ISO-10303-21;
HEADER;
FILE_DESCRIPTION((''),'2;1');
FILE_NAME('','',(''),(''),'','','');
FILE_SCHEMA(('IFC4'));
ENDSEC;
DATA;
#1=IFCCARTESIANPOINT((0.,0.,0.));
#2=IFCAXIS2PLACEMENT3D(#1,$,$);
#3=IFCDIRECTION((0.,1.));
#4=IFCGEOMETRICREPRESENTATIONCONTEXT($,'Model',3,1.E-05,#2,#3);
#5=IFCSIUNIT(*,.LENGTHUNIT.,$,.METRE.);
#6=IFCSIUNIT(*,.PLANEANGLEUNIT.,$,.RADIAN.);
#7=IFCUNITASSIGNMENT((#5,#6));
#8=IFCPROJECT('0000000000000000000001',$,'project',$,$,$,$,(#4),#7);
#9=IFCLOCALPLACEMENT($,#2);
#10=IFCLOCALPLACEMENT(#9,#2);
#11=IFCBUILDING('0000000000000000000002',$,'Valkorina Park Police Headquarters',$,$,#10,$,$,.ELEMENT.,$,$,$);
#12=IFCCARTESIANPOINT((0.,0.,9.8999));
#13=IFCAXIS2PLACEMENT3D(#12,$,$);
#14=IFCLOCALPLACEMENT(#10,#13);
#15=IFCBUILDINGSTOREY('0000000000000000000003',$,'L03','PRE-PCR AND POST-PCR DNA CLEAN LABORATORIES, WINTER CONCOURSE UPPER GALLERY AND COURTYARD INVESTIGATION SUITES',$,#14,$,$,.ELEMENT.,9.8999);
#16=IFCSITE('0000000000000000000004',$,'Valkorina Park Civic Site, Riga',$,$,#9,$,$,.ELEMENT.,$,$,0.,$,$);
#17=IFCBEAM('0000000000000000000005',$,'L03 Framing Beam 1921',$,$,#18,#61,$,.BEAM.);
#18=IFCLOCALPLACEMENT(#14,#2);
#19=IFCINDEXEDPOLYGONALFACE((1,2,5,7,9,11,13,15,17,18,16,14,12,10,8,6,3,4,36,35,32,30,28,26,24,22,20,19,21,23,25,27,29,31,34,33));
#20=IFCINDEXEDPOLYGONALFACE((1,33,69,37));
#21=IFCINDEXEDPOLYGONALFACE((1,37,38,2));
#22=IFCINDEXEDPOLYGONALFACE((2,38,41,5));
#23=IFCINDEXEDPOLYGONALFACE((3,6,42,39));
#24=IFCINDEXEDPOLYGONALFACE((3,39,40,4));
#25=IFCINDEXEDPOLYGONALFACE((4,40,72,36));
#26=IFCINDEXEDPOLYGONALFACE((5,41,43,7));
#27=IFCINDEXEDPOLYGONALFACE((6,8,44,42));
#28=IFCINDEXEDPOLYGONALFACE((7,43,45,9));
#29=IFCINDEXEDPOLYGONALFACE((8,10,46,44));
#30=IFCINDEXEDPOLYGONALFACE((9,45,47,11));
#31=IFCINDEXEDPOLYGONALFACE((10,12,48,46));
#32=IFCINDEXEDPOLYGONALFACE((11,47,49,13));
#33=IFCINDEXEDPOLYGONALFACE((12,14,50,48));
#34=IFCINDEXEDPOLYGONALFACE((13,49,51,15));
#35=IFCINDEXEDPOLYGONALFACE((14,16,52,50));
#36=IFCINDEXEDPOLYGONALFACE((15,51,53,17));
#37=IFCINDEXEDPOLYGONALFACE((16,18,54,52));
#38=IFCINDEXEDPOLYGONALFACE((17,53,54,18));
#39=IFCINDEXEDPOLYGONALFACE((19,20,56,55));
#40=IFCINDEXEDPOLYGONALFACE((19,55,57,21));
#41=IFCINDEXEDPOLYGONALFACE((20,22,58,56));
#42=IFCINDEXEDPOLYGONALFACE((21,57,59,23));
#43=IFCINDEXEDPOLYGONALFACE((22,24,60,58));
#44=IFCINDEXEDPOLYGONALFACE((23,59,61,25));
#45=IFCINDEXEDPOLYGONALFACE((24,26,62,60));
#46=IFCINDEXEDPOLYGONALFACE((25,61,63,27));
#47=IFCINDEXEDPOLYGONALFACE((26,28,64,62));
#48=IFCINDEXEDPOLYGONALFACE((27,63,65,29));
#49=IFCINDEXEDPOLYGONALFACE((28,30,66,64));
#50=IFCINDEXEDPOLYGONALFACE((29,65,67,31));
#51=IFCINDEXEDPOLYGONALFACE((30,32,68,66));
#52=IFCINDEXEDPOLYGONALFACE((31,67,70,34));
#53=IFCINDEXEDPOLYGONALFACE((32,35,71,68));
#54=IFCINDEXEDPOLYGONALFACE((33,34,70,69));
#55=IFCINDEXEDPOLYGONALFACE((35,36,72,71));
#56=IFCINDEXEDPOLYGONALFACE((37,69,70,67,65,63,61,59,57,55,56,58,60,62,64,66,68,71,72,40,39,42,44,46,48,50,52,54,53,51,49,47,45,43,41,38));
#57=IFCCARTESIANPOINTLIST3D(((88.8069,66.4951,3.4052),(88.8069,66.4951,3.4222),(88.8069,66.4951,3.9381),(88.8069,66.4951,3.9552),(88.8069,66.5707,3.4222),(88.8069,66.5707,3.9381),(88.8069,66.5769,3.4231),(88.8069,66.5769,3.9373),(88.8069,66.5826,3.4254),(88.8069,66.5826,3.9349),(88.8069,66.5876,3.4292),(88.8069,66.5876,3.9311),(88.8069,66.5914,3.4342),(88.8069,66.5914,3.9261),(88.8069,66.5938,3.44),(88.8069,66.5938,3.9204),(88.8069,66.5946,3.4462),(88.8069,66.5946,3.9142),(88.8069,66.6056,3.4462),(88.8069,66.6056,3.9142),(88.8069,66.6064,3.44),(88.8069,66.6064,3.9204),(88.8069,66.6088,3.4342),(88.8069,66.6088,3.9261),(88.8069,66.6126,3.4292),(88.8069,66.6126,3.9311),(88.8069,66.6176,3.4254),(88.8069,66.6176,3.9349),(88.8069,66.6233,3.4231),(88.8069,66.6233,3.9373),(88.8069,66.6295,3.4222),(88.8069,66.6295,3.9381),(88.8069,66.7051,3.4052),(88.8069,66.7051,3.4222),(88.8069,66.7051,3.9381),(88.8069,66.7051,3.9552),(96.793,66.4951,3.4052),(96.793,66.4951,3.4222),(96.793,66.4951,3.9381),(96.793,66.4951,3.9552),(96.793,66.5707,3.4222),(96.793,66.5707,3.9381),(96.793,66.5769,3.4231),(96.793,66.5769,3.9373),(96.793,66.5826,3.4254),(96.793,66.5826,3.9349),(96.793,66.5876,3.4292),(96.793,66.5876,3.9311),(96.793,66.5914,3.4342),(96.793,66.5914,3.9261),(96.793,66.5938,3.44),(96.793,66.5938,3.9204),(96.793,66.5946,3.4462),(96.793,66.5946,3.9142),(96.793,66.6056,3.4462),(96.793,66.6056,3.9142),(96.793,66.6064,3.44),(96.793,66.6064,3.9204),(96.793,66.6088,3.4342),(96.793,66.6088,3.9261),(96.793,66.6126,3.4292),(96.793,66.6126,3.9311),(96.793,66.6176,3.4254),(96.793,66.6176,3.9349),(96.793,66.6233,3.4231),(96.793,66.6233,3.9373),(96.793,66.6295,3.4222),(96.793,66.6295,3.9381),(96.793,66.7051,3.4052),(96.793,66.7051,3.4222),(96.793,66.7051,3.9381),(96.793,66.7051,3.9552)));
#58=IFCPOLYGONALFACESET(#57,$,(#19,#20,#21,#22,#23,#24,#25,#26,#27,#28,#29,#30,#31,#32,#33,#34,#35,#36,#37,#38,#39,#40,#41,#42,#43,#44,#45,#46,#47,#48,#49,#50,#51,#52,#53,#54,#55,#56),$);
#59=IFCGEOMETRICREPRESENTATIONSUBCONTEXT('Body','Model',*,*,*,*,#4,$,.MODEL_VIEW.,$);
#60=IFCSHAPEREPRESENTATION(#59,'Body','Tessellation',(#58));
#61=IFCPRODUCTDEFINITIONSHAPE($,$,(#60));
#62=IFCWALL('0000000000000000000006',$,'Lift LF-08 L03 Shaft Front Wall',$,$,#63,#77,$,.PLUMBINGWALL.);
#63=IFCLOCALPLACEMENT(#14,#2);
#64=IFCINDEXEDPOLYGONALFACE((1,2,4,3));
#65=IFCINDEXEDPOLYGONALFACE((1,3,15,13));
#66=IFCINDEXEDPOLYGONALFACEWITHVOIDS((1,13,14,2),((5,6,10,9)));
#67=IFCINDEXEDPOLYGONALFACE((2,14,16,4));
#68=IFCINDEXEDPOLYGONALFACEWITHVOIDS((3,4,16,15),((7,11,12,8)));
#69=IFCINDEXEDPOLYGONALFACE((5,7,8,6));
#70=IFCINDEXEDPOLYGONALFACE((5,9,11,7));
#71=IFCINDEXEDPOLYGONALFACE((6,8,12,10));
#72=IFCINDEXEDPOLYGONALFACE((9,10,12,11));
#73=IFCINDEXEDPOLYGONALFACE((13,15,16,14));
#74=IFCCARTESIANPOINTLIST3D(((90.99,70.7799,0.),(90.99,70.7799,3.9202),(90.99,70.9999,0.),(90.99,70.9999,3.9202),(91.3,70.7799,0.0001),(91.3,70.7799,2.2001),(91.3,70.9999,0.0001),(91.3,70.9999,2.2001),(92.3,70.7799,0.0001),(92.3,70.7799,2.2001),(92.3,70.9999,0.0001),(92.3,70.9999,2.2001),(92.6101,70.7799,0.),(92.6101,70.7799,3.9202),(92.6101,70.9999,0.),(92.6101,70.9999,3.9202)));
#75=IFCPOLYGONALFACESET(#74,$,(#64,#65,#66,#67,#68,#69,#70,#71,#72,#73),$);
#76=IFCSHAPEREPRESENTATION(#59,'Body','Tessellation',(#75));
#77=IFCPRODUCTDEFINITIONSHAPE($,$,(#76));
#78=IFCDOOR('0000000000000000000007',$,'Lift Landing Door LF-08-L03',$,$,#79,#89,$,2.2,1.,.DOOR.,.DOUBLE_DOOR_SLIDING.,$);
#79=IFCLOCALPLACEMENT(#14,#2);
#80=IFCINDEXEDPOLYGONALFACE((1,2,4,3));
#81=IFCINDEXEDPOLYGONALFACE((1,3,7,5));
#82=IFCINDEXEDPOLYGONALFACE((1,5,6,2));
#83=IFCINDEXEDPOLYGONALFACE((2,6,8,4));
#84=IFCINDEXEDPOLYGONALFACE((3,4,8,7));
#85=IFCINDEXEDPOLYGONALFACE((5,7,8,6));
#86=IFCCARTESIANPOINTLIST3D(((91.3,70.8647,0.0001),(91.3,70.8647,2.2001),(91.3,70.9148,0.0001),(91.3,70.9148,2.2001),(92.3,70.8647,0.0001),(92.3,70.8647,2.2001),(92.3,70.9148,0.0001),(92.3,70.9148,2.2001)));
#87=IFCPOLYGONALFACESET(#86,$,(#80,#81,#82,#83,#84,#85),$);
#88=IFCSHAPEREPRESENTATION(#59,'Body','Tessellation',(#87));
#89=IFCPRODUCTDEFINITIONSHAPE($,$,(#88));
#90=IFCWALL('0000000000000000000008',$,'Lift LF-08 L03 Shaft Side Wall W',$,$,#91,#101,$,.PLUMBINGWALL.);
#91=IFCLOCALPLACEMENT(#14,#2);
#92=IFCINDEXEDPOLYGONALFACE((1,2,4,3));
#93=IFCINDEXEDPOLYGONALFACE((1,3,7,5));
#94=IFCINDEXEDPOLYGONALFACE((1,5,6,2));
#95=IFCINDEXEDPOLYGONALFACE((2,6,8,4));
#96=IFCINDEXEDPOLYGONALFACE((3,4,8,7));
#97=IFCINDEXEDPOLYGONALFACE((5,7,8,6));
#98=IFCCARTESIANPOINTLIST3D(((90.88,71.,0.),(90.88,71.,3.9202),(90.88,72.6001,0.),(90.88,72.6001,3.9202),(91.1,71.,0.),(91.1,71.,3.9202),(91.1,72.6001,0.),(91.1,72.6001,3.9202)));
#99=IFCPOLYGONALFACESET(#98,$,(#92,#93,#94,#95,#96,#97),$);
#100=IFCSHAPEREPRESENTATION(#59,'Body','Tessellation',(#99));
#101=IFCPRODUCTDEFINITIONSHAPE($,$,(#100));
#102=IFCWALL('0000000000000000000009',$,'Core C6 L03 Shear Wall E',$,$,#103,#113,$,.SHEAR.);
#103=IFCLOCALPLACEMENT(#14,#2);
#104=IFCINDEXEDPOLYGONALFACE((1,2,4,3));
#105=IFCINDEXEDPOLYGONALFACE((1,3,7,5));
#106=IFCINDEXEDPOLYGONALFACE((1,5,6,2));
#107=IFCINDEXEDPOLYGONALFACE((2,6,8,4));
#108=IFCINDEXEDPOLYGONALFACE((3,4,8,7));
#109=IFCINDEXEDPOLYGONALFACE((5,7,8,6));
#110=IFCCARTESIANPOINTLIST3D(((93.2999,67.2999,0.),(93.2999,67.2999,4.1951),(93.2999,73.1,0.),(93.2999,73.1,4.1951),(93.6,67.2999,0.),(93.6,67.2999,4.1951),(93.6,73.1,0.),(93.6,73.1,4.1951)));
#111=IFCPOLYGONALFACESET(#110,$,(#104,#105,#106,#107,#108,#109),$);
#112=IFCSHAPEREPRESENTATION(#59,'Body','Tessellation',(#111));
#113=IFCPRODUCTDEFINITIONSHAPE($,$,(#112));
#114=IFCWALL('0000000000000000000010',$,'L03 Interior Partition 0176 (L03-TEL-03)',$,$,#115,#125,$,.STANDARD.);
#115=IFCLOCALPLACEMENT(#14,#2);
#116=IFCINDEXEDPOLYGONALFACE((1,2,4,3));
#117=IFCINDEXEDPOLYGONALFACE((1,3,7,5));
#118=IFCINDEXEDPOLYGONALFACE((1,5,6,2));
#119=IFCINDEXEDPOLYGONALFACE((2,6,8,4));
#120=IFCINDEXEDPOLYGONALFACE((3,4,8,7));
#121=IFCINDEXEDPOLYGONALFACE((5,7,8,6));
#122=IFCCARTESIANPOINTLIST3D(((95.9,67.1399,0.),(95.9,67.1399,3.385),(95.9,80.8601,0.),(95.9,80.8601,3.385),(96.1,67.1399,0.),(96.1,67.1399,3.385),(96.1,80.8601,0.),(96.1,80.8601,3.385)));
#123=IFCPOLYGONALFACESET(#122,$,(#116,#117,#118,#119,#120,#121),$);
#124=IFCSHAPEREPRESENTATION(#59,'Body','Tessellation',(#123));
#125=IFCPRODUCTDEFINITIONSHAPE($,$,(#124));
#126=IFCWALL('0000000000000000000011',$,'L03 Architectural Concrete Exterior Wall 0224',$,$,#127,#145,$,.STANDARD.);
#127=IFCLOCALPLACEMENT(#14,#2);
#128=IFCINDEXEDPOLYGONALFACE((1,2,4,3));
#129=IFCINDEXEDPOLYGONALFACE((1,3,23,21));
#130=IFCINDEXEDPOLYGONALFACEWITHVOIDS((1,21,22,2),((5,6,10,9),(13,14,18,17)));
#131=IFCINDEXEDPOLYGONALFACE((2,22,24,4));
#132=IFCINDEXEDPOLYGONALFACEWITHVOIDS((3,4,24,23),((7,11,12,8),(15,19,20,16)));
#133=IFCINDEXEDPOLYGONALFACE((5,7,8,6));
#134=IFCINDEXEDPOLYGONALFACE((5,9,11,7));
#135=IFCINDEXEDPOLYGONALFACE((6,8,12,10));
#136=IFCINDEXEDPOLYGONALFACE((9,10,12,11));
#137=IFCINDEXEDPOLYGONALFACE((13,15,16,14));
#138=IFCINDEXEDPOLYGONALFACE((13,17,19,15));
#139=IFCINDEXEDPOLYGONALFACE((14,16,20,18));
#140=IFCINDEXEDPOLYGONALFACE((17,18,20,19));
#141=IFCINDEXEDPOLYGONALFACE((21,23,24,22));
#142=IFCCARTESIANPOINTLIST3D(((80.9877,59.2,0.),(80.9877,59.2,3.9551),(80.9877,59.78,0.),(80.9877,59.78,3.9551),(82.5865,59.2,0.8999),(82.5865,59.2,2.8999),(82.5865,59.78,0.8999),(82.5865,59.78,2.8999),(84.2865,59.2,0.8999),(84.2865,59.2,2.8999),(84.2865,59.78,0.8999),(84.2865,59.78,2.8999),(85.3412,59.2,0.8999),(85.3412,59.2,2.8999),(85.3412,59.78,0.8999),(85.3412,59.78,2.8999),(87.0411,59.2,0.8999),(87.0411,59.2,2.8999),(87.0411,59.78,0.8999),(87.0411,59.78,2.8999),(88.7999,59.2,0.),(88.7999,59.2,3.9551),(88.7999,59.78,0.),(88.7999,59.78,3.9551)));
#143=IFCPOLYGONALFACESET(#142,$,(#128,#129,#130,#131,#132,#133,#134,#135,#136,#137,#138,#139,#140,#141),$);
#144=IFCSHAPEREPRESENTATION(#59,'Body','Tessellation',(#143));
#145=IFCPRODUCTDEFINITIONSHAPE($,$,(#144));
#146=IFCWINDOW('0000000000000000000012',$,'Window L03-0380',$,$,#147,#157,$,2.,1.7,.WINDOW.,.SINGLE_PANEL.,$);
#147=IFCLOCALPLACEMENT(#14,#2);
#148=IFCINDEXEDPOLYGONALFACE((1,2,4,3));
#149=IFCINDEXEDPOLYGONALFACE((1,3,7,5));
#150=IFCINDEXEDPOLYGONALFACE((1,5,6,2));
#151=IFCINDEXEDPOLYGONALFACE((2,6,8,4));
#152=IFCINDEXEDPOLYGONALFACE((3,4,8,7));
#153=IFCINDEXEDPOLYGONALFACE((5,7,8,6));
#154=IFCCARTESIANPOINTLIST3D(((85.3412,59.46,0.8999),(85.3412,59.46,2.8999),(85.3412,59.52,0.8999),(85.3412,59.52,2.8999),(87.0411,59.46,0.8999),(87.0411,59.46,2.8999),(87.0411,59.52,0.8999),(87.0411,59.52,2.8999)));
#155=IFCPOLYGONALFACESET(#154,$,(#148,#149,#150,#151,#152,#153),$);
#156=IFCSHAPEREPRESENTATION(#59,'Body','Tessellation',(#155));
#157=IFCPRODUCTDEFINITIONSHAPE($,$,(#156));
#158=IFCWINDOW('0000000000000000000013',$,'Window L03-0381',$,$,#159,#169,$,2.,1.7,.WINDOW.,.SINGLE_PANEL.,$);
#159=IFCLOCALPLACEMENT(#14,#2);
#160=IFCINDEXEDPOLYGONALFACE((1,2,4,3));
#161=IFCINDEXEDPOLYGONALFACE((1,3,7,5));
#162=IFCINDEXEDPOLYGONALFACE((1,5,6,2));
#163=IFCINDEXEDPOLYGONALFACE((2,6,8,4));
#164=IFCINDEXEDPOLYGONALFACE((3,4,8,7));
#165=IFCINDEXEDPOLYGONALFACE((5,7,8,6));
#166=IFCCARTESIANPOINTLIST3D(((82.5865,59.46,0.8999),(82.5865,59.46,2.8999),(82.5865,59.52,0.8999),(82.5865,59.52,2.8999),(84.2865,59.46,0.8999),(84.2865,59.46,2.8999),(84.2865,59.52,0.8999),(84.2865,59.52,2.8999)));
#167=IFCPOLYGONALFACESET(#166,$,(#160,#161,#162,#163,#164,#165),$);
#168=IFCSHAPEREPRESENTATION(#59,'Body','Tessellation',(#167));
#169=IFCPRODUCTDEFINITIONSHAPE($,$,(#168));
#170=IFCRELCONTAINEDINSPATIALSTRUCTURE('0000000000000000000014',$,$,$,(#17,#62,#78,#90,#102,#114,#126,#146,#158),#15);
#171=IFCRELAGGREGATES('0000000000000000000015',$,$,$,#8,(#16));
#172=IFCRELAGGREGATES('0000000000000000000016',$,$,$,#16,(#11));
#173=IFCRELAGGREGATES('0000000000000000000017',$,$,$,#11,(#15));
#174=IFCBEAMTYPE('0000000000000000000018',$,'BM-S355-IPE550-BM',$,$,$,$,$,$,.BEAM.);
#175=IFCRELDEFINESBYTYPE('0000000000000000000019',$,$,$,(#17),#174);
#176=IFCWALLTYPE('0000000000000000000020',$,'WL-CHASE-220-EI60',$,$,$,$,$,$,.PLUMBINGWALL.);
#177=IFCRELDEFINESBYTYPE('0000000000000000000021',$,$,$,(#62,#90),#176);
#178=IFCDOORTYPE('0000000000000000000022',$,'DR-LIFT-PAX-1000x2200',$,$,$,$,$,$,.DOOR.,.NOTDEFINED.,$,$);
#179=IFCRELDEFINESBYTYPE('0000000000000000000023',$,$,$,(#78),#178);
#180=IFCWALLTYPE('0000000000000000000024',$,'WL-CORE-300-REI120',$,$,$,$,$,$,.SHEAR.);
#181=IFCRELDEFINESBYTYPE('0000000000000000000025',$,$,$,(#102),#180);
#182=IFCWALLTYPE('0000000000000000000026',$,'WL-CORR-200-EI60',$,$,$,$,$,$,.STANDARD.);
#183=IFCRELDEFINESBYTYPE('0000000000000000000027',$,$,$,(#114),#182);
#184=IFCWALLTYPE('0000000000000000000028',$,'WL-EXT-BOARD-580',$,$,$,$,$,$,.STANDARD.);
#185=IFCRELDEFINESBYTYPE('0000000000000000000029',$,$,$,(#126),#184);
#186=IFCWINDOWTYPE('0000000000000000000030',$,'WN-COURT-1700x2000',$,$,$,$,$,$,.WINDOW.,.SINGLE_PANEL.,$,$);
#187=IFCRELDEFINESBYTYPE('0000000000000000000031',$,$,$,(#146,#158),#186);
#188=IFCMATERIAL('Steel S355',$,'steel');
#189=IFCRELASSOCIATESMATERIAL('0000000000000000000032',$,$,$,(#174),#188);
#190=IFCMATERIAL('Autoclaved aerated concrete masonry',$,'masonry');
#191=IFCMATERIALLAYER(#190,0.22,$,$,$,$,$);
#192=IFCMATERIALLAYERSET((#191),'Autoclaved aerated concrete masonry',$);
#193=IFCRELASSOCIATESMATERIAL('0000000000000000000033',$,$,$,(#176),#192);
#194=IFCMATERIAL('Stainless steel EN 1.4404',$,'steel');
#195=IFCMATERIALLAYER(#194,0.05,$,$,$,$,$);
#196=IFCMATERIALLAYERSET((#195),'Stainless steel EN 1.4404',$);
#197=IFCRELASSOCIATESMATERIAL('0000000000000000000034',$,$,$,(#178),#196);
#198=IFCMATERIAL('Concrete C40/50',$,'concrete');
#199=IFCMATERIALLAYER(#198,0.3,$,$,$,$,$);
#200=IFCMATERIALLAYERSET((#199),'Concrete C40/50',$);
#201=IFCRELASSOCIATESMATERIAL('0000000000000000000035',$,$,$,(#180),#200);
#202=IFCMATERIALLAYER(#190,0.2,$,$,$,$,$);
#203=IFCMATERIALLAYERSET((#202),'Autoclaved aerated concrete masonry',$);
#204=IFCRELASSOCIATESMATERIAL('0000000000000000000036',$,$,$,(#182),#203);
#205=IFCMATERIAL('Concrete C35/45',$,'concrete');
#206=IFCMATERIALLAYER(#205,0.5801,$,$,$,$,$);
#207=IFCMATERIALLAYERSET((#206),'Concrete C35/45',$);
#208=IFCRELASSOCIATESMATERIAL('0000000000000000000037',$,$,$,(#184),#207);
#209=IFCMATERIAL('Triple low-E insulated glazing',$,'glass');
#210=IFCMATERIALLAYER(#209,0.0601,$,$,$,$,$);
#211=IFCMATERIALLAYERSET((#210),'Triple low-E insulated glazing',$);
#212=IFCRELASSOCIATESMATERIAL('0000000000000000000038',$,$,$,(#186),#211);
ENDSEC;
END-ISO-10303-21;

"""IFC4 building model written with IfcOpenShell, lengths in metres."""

from ifc_helpers import new_model, si_unit, direction, frame, frame_2d, origin, origin_2d, place, context, subcontext, project, spatial, rectangle, i_section, extrude, material, layer, layer_set, material_profile, profile_set, type_object, element, fill, save


model = new_model("IFC4")

# Units and contexts
model_context = context("Model", 3, precision=1e-05, world=origin(), true_north=direction((0.0, 1.0)))
body_context = subcontext(model_context, "Body", "Model", "MODEL_VIEW")
ifc_project = project(units=[si_unit("LENGTHUNIT", "METRE"), si_unit("PLANEANGLEUNIT", "RADIAN")], contexts=[model_context])

# Site, building, storey
site_placement = place(None, origin())
site = spatial("IfcSite", under=ifc_project, at=site_placement, Name="Valkorina Park Civic Site, Riga", CompositionType="ELEMENT", RefElevation=0.0)
building_placement = place(site_placement, origin())
building = spatial("IfcBuilding", under=site, at=building_placement, Name="Valkorina Park Police Headquarters", CompositionType="ELEMENT")
storey_placement = place(building_placement, frame((0.0, 0.0, 9.8999)))
storey = spatial("IfcBuildingStorey", under=building, at=storey_placement, Name="L03", Description="PRE-PCR AND POST-PCR DNA CLEAN LABORATORIES, WINTER CONCOURSE UPPER GALLERY AND COURTYARD INVESTIGATION SUITES", CompositionType="ELEMENT", Elevation=9.8999)

# Shared definitions
ifc_material_1 = material(Name="Steel S355", Category="steel")

# Beam
ifc_material_profile_1 = material_profile(ifc_material_1, i_section(OverallWidth=0.21, OverallDepth=0.55, WebThickness=0.011, FlangeThickness=0.0171, FilletRadius=0.0239, at=origin_2d()), Name="IPE 550")
ifc_profile_set_1 = profile_set([ifc_material_profile_1], Name="Steel S355")
beam_type_1 = type_object("IfcBeamType", Name="BM-S355-IPE550-BM", PredefinedType="BEAM", material=ifc_profile_set_1)
for number, where, z_axis, x_axis, name in (
    (1, (88.8069, 66.6001, 3.6802), (1.0, 0.0, 0.0), (0.0, 1.0, 0.0), "L03 Framing Beam 1921"),
):
    element("IfcBeam", number, at=place(storey_placement, frame(where, z_axis=z_axis, x_axis=x_axis)), inside=storey, type_object=beam_type_1, Name=name, PredefinedType="BEAM", context=body_context, shape_type="SweptSolid", body=[
        extrude(i_section(OverallWidth=0.21, OverallDepth=0.55, WebThickness=0.011, FlangeThickness=0.0171, FilletRadius=0.0239, at=origin_2d()), origin(), (0.0, 0.0, 1.0), 7.9861),
    ])

# Wall, opening, door
ifc_material_2 = material(Name="Autoclaved aerated concrete masonry", Category="masonry")
ifc_layer_1 = layer(ifc_material_2, 0.22)
ifc_layer_set_1 = layer_set([ifc_layer_1], Name="Autoclaved aerated concrete masonry")
wall_type_1 = type_object("IfcWallType", Name="WL-CHASE-220-EI60", PredefinedType="PLUMBINGWALL", material=ifc_layer_set_1)
wall_1_placement = place(storey_placement, frame((90.99, 70.8899, 0.0), z_axis=(0.0, 0.0, 1.0), x_axis=(1.0, 0.0, 0.0)))
wall_1 = element("IfcWall", 2, at=wall_1_placement, inside=storey, type_object=wall_type_1, Name="Lift LF-08 L03 Shaft Front Wall", PredefinedType="PLUMBINGWALL", context=body_context, shape_type="SweptSolid", body=[
    extrude(rectangle(XDim=1.6201, YDim=0.22, at=frame_2d((0.8101, 0.0))), origin(), (0.0, 0.0, 1.0), 3.9202),
])
opening_1_placement = place(wall_1_placement, frame((0.3101, 0.0, 0.0)))
opening_1 = element("IfcOpeningElement", 3, at=opening_1_placement, cuts=wall_1, PredefinedType="OPENING", context=body_context, shape_type="SweptSolid", body=[
    extrude(rectangle(XDim=1.0, YDim=2.2, at=frame_2d((0.5, 1.1001))), frame((0.0, 0.1201, 0.0), z_axis=(0.0, -1.0, 0.0), x_axis=(1.0, 0.0, 0.0)), (0.0, 0.0, 1.0), 0.24),
])
ifc_material_3 = material(Name="Stainless steel EN 1.4404", Category="steel")
ifc_layer_2 = layer(ifc_material_3, 0.05)
ifc_layer_set_2 = layer_set([ifc_layer_2], Name="Stainless steel EN 1.4404")
door_type_1 = type_object("IfcDoorType", Name="DR-LIFT-PAX-1000x2200", OperationType="NOTDEFINED", PredefinedType="DOOR", material=ifc_layer_set_2)
door_1_placement = place(opening_1_placement, origin())
door_1 = element("IfcDoor", 4, at=door_1_placement, inside=storey, type_object=door_type_1, Name="Lift Landing Door LF-08-L03", OperationType="DOUBLE_DOOR_SLIDING", OverallHeight=2.2, OverallWidth=1.0, PredefinedType="DOOR", context=body_context, shape_type="SweptSolid", body=[
    extrude(rectangle(XDim=1.0, YDim=2.2, at=frame_2d((0.5, 1.1001))), frame((0.0, 0.0249, 0.0), z_axis=(0.0, -1.0, 0.0), x_axis=(1.0, 0.0, 0.0)), (0.0, 0.0, 1.0), 0.05),
])
fill(opening_1, door_1)

# Walls
wall_2_placement = place(storey_placement, frame((90.99, 71.0, 0.0), z_axis=(0.0, 0.0, 1.0), x_axis=(0.0, 1.0, 0.0)))
element("IfcWall", 5, at=wall_2_placement, inside=storey, type_object=wall_type_1, Name="Lift LF-08 L03 Shaft Side Wall W", PredefinedType="PLUMBINGWALL", context=body_context, shape_type="SweptSolid", body=[
    extrude(rectangle(XDim=1.6001, YDim=0.22, at=frame_2d((0.8, 0.0))), origin(), (0.0, 0.0, 1.0), 3.9202),
])
ifc_material_4 = material(Name="Concrete C40/50", Category="concrete")
ifc_layer_3 = layer(ifc_material_4, 0.3)
ifc_layer_set_3 = layer_set([ifc_layer_3], Name="Concrete C40/50")
wall_type_2 = type_object("IfcWallType", Name="WL-CORE-300-REI120", PredefinedType="SHEAR", material=ifc_layer_set_3)
wall_3_placement = place(storey_placement, frame((93.45, 67.3, 0.0), z_axis=(0.0, 0.0, 1.0), x_axis=(0.0, 1.0, 0.0)))
element("IfcWall", 6, at=wall_3_placement, inside=storey, type_object=wall_type_2, Name="Core C6 L03 Shear Wall E", PredefinedType="SHEAR", context=body_context, shape_type="SweptSolid", body=[
    extrude(rectangle(XDim=5.8, YDim=0.3, at=frame_2d((2.8999, 0.0))), origin(), (0.0, 0.0, 1.0), 4.1951),
])

# Shared definitions
ifc_layer_4 = layer(ifc_material_2, 0.2)
ifc_layer_set_4 = layer_set([ifc_layer_4], Name="Autoclaved aerated concrete masonry")
wall_type_3 = type_object("IfcWallType", Name="WL-CORR-200-EI60", PredefinedType="STANDARD", material=ifc_layer_set_4)

# Wall
wall_4_placement = place(storey_placement, frame((96.0, 67.1399, 0.0), z_axis=(0.0, 0.0, 1.0), x_axis=(0.0, 1.0, 0.0)))
element("IfcWall", 7, at=wall_4_placement, inside=storey, type_object=wall_type_3, Name="L03 Interior Partition 0176 (L03-TEL-03)", PredefinedType="STANDARD", context=body_context, shape_type="SweptSolid", body=[
    extrude(rectangle(XDim=13.7202, YDim=0.2, at=frame_2d((6.8601, 0.0))), origin(), (0.0, 0.0, 1.0), 3.385),
])

# Wall, openings, windows
ifc_material_5 = material(Name="Concrete C35/45", Category="concrete")
ifc_layer_5 = layer(ifc_material_5, 0.5801)
ifc_layer_set_5 = layer_set([ifc_layer_5], Name="Concrete C35/45")
wall_type_4 = type_object("IfcWallType", Name="WL-EXT-BOARD-580", PredefinedType="STANDARD", material=ifc_layer_set_5)
wall_5_placement = place(storey_placement, frame((88.8, 59.49, 0.0), z_axis=(0.0, 0.0, 1.0), x_axis=(-1.0, 0.0, 0.0)))
wall_5 = element("IfcWall", 8, at=wall_5_placement, inside=storey, type_object=wall_type_4, Name="L03 Architectural Concrete Exterior Wall 0224", PredefinedType="STANDARD", context=body_context, shape_type="SweptSolid", body=[
    extrude(rectangle(XDim=7.8123, YDim=0.5801, at=frame_2d((3.9062, 0.0))), origin(), (0.0, 0.0, 1.0), 3.9551),
])
opening_2_placement = place(wall_5_placement, frame((1.7588, 0.0, 0.8999)))
opening_2 = element("IfcOpeningElement", 9, at=opening_2_placement, cuts=wall_5, PredefinedType="OPENING", context=body_context, shape_type="SweptSolid", body=[
    extrude(rectangle(XDim=1.7, YDim=2.0, at=frame_2d((0.8501, 1.0))), frame((0.0, 0.3, 0.0), z_axis=(0.0, -1.0, 0.0), x_axis=(1.0, 0.0, 0.0)), (0.0, 0.0, 1.0), 0.6001),
])
opening_3_placement = place(wall_5_placement, frame((4.5134, 0.0, 0.8999)))
opening_3 = element("IfcOpeningElement", 10, at=opening_3_placement, cuts=wall_5, PredefinedType="OPENING", context=body_context, shape_type="SweptSolid", body=[
    extrude(rectangle(XDim=1.7, YDim=2.0, at=frame_2d((0.8501, 1.0))), frame((0.0, 0.3, 0.0), z_axis=(0.0, -1.0, 0.0), x_axis=(1.0, 0.0, 0.0)), (0.0, 0.0, 1.0), 0.6001),
])
ifc_material_6 = material(Name="Triple low-E insulated glazing", Category="glass")
ifc_layer_6 = layer(ifc_material_6, 0.0601)
ifc_layer_set_6 = layer_set([ifc_layer_6], Name="Triple low-E insulated glazing")
window_type = type_object("IfcWindowType", Name="WN-COURT-1700x2000", PartitioningType="SINGLE_PANEL", PredefinedType="WINDOW", material=ifc_layer_set_6)
window_1_placement = place(opening_2_placement, origin())
window_1 = element("IfcWindow", 11, at=window_1_placement, inside=storey, type_object=window_type, Name="Window L03-0380", OverallHeight=2.0, OverallWidth=1.7, PartitioningType="SINGLE_PANEL", PredefinedType="WINDOW", context=body_context, shape_type="SweptSolid", body=[
    extrude(rectangle(XDim=1.7, YDim=2.0, at=frame_2d((0.8501, 1.0))), frame((0.0, 0.03, 0.0), z_axis=(0.0, -1.0, 0.0), x_axis=(1.0, 0.0, 0.0)), (0.0, 0.0, 1.0), 0.0601),
])
fill(opening_2, window_1)
window_2_placement = place(opening_3_placement, origin())
window_2 = element("IfcWindow", 12, at=window_2_placement, inside=storey, type_object=window_type, Name="Window L03-0381", OverallHeight=2.0, OverallWidth=1.7, PartitioningType="SINGLE_PANEL", PredefinedType="WINDOW", context=body_context, shape_type="SweptSolid", body=[
    extrude(rectangle(XDim=1.7, YDim=2.0, at=frame_2d((0.8501, 1.0))), frame((0.0, 0.03, 0.0), z_axis=(0.0, -1.0, 0.0), x_axis=(1.0, 0.0, 0.0)), (0.0, 0.0, 1.0), 0.0601),
])
fill(opening_3, window_2)

save(model, "model.ifc")
